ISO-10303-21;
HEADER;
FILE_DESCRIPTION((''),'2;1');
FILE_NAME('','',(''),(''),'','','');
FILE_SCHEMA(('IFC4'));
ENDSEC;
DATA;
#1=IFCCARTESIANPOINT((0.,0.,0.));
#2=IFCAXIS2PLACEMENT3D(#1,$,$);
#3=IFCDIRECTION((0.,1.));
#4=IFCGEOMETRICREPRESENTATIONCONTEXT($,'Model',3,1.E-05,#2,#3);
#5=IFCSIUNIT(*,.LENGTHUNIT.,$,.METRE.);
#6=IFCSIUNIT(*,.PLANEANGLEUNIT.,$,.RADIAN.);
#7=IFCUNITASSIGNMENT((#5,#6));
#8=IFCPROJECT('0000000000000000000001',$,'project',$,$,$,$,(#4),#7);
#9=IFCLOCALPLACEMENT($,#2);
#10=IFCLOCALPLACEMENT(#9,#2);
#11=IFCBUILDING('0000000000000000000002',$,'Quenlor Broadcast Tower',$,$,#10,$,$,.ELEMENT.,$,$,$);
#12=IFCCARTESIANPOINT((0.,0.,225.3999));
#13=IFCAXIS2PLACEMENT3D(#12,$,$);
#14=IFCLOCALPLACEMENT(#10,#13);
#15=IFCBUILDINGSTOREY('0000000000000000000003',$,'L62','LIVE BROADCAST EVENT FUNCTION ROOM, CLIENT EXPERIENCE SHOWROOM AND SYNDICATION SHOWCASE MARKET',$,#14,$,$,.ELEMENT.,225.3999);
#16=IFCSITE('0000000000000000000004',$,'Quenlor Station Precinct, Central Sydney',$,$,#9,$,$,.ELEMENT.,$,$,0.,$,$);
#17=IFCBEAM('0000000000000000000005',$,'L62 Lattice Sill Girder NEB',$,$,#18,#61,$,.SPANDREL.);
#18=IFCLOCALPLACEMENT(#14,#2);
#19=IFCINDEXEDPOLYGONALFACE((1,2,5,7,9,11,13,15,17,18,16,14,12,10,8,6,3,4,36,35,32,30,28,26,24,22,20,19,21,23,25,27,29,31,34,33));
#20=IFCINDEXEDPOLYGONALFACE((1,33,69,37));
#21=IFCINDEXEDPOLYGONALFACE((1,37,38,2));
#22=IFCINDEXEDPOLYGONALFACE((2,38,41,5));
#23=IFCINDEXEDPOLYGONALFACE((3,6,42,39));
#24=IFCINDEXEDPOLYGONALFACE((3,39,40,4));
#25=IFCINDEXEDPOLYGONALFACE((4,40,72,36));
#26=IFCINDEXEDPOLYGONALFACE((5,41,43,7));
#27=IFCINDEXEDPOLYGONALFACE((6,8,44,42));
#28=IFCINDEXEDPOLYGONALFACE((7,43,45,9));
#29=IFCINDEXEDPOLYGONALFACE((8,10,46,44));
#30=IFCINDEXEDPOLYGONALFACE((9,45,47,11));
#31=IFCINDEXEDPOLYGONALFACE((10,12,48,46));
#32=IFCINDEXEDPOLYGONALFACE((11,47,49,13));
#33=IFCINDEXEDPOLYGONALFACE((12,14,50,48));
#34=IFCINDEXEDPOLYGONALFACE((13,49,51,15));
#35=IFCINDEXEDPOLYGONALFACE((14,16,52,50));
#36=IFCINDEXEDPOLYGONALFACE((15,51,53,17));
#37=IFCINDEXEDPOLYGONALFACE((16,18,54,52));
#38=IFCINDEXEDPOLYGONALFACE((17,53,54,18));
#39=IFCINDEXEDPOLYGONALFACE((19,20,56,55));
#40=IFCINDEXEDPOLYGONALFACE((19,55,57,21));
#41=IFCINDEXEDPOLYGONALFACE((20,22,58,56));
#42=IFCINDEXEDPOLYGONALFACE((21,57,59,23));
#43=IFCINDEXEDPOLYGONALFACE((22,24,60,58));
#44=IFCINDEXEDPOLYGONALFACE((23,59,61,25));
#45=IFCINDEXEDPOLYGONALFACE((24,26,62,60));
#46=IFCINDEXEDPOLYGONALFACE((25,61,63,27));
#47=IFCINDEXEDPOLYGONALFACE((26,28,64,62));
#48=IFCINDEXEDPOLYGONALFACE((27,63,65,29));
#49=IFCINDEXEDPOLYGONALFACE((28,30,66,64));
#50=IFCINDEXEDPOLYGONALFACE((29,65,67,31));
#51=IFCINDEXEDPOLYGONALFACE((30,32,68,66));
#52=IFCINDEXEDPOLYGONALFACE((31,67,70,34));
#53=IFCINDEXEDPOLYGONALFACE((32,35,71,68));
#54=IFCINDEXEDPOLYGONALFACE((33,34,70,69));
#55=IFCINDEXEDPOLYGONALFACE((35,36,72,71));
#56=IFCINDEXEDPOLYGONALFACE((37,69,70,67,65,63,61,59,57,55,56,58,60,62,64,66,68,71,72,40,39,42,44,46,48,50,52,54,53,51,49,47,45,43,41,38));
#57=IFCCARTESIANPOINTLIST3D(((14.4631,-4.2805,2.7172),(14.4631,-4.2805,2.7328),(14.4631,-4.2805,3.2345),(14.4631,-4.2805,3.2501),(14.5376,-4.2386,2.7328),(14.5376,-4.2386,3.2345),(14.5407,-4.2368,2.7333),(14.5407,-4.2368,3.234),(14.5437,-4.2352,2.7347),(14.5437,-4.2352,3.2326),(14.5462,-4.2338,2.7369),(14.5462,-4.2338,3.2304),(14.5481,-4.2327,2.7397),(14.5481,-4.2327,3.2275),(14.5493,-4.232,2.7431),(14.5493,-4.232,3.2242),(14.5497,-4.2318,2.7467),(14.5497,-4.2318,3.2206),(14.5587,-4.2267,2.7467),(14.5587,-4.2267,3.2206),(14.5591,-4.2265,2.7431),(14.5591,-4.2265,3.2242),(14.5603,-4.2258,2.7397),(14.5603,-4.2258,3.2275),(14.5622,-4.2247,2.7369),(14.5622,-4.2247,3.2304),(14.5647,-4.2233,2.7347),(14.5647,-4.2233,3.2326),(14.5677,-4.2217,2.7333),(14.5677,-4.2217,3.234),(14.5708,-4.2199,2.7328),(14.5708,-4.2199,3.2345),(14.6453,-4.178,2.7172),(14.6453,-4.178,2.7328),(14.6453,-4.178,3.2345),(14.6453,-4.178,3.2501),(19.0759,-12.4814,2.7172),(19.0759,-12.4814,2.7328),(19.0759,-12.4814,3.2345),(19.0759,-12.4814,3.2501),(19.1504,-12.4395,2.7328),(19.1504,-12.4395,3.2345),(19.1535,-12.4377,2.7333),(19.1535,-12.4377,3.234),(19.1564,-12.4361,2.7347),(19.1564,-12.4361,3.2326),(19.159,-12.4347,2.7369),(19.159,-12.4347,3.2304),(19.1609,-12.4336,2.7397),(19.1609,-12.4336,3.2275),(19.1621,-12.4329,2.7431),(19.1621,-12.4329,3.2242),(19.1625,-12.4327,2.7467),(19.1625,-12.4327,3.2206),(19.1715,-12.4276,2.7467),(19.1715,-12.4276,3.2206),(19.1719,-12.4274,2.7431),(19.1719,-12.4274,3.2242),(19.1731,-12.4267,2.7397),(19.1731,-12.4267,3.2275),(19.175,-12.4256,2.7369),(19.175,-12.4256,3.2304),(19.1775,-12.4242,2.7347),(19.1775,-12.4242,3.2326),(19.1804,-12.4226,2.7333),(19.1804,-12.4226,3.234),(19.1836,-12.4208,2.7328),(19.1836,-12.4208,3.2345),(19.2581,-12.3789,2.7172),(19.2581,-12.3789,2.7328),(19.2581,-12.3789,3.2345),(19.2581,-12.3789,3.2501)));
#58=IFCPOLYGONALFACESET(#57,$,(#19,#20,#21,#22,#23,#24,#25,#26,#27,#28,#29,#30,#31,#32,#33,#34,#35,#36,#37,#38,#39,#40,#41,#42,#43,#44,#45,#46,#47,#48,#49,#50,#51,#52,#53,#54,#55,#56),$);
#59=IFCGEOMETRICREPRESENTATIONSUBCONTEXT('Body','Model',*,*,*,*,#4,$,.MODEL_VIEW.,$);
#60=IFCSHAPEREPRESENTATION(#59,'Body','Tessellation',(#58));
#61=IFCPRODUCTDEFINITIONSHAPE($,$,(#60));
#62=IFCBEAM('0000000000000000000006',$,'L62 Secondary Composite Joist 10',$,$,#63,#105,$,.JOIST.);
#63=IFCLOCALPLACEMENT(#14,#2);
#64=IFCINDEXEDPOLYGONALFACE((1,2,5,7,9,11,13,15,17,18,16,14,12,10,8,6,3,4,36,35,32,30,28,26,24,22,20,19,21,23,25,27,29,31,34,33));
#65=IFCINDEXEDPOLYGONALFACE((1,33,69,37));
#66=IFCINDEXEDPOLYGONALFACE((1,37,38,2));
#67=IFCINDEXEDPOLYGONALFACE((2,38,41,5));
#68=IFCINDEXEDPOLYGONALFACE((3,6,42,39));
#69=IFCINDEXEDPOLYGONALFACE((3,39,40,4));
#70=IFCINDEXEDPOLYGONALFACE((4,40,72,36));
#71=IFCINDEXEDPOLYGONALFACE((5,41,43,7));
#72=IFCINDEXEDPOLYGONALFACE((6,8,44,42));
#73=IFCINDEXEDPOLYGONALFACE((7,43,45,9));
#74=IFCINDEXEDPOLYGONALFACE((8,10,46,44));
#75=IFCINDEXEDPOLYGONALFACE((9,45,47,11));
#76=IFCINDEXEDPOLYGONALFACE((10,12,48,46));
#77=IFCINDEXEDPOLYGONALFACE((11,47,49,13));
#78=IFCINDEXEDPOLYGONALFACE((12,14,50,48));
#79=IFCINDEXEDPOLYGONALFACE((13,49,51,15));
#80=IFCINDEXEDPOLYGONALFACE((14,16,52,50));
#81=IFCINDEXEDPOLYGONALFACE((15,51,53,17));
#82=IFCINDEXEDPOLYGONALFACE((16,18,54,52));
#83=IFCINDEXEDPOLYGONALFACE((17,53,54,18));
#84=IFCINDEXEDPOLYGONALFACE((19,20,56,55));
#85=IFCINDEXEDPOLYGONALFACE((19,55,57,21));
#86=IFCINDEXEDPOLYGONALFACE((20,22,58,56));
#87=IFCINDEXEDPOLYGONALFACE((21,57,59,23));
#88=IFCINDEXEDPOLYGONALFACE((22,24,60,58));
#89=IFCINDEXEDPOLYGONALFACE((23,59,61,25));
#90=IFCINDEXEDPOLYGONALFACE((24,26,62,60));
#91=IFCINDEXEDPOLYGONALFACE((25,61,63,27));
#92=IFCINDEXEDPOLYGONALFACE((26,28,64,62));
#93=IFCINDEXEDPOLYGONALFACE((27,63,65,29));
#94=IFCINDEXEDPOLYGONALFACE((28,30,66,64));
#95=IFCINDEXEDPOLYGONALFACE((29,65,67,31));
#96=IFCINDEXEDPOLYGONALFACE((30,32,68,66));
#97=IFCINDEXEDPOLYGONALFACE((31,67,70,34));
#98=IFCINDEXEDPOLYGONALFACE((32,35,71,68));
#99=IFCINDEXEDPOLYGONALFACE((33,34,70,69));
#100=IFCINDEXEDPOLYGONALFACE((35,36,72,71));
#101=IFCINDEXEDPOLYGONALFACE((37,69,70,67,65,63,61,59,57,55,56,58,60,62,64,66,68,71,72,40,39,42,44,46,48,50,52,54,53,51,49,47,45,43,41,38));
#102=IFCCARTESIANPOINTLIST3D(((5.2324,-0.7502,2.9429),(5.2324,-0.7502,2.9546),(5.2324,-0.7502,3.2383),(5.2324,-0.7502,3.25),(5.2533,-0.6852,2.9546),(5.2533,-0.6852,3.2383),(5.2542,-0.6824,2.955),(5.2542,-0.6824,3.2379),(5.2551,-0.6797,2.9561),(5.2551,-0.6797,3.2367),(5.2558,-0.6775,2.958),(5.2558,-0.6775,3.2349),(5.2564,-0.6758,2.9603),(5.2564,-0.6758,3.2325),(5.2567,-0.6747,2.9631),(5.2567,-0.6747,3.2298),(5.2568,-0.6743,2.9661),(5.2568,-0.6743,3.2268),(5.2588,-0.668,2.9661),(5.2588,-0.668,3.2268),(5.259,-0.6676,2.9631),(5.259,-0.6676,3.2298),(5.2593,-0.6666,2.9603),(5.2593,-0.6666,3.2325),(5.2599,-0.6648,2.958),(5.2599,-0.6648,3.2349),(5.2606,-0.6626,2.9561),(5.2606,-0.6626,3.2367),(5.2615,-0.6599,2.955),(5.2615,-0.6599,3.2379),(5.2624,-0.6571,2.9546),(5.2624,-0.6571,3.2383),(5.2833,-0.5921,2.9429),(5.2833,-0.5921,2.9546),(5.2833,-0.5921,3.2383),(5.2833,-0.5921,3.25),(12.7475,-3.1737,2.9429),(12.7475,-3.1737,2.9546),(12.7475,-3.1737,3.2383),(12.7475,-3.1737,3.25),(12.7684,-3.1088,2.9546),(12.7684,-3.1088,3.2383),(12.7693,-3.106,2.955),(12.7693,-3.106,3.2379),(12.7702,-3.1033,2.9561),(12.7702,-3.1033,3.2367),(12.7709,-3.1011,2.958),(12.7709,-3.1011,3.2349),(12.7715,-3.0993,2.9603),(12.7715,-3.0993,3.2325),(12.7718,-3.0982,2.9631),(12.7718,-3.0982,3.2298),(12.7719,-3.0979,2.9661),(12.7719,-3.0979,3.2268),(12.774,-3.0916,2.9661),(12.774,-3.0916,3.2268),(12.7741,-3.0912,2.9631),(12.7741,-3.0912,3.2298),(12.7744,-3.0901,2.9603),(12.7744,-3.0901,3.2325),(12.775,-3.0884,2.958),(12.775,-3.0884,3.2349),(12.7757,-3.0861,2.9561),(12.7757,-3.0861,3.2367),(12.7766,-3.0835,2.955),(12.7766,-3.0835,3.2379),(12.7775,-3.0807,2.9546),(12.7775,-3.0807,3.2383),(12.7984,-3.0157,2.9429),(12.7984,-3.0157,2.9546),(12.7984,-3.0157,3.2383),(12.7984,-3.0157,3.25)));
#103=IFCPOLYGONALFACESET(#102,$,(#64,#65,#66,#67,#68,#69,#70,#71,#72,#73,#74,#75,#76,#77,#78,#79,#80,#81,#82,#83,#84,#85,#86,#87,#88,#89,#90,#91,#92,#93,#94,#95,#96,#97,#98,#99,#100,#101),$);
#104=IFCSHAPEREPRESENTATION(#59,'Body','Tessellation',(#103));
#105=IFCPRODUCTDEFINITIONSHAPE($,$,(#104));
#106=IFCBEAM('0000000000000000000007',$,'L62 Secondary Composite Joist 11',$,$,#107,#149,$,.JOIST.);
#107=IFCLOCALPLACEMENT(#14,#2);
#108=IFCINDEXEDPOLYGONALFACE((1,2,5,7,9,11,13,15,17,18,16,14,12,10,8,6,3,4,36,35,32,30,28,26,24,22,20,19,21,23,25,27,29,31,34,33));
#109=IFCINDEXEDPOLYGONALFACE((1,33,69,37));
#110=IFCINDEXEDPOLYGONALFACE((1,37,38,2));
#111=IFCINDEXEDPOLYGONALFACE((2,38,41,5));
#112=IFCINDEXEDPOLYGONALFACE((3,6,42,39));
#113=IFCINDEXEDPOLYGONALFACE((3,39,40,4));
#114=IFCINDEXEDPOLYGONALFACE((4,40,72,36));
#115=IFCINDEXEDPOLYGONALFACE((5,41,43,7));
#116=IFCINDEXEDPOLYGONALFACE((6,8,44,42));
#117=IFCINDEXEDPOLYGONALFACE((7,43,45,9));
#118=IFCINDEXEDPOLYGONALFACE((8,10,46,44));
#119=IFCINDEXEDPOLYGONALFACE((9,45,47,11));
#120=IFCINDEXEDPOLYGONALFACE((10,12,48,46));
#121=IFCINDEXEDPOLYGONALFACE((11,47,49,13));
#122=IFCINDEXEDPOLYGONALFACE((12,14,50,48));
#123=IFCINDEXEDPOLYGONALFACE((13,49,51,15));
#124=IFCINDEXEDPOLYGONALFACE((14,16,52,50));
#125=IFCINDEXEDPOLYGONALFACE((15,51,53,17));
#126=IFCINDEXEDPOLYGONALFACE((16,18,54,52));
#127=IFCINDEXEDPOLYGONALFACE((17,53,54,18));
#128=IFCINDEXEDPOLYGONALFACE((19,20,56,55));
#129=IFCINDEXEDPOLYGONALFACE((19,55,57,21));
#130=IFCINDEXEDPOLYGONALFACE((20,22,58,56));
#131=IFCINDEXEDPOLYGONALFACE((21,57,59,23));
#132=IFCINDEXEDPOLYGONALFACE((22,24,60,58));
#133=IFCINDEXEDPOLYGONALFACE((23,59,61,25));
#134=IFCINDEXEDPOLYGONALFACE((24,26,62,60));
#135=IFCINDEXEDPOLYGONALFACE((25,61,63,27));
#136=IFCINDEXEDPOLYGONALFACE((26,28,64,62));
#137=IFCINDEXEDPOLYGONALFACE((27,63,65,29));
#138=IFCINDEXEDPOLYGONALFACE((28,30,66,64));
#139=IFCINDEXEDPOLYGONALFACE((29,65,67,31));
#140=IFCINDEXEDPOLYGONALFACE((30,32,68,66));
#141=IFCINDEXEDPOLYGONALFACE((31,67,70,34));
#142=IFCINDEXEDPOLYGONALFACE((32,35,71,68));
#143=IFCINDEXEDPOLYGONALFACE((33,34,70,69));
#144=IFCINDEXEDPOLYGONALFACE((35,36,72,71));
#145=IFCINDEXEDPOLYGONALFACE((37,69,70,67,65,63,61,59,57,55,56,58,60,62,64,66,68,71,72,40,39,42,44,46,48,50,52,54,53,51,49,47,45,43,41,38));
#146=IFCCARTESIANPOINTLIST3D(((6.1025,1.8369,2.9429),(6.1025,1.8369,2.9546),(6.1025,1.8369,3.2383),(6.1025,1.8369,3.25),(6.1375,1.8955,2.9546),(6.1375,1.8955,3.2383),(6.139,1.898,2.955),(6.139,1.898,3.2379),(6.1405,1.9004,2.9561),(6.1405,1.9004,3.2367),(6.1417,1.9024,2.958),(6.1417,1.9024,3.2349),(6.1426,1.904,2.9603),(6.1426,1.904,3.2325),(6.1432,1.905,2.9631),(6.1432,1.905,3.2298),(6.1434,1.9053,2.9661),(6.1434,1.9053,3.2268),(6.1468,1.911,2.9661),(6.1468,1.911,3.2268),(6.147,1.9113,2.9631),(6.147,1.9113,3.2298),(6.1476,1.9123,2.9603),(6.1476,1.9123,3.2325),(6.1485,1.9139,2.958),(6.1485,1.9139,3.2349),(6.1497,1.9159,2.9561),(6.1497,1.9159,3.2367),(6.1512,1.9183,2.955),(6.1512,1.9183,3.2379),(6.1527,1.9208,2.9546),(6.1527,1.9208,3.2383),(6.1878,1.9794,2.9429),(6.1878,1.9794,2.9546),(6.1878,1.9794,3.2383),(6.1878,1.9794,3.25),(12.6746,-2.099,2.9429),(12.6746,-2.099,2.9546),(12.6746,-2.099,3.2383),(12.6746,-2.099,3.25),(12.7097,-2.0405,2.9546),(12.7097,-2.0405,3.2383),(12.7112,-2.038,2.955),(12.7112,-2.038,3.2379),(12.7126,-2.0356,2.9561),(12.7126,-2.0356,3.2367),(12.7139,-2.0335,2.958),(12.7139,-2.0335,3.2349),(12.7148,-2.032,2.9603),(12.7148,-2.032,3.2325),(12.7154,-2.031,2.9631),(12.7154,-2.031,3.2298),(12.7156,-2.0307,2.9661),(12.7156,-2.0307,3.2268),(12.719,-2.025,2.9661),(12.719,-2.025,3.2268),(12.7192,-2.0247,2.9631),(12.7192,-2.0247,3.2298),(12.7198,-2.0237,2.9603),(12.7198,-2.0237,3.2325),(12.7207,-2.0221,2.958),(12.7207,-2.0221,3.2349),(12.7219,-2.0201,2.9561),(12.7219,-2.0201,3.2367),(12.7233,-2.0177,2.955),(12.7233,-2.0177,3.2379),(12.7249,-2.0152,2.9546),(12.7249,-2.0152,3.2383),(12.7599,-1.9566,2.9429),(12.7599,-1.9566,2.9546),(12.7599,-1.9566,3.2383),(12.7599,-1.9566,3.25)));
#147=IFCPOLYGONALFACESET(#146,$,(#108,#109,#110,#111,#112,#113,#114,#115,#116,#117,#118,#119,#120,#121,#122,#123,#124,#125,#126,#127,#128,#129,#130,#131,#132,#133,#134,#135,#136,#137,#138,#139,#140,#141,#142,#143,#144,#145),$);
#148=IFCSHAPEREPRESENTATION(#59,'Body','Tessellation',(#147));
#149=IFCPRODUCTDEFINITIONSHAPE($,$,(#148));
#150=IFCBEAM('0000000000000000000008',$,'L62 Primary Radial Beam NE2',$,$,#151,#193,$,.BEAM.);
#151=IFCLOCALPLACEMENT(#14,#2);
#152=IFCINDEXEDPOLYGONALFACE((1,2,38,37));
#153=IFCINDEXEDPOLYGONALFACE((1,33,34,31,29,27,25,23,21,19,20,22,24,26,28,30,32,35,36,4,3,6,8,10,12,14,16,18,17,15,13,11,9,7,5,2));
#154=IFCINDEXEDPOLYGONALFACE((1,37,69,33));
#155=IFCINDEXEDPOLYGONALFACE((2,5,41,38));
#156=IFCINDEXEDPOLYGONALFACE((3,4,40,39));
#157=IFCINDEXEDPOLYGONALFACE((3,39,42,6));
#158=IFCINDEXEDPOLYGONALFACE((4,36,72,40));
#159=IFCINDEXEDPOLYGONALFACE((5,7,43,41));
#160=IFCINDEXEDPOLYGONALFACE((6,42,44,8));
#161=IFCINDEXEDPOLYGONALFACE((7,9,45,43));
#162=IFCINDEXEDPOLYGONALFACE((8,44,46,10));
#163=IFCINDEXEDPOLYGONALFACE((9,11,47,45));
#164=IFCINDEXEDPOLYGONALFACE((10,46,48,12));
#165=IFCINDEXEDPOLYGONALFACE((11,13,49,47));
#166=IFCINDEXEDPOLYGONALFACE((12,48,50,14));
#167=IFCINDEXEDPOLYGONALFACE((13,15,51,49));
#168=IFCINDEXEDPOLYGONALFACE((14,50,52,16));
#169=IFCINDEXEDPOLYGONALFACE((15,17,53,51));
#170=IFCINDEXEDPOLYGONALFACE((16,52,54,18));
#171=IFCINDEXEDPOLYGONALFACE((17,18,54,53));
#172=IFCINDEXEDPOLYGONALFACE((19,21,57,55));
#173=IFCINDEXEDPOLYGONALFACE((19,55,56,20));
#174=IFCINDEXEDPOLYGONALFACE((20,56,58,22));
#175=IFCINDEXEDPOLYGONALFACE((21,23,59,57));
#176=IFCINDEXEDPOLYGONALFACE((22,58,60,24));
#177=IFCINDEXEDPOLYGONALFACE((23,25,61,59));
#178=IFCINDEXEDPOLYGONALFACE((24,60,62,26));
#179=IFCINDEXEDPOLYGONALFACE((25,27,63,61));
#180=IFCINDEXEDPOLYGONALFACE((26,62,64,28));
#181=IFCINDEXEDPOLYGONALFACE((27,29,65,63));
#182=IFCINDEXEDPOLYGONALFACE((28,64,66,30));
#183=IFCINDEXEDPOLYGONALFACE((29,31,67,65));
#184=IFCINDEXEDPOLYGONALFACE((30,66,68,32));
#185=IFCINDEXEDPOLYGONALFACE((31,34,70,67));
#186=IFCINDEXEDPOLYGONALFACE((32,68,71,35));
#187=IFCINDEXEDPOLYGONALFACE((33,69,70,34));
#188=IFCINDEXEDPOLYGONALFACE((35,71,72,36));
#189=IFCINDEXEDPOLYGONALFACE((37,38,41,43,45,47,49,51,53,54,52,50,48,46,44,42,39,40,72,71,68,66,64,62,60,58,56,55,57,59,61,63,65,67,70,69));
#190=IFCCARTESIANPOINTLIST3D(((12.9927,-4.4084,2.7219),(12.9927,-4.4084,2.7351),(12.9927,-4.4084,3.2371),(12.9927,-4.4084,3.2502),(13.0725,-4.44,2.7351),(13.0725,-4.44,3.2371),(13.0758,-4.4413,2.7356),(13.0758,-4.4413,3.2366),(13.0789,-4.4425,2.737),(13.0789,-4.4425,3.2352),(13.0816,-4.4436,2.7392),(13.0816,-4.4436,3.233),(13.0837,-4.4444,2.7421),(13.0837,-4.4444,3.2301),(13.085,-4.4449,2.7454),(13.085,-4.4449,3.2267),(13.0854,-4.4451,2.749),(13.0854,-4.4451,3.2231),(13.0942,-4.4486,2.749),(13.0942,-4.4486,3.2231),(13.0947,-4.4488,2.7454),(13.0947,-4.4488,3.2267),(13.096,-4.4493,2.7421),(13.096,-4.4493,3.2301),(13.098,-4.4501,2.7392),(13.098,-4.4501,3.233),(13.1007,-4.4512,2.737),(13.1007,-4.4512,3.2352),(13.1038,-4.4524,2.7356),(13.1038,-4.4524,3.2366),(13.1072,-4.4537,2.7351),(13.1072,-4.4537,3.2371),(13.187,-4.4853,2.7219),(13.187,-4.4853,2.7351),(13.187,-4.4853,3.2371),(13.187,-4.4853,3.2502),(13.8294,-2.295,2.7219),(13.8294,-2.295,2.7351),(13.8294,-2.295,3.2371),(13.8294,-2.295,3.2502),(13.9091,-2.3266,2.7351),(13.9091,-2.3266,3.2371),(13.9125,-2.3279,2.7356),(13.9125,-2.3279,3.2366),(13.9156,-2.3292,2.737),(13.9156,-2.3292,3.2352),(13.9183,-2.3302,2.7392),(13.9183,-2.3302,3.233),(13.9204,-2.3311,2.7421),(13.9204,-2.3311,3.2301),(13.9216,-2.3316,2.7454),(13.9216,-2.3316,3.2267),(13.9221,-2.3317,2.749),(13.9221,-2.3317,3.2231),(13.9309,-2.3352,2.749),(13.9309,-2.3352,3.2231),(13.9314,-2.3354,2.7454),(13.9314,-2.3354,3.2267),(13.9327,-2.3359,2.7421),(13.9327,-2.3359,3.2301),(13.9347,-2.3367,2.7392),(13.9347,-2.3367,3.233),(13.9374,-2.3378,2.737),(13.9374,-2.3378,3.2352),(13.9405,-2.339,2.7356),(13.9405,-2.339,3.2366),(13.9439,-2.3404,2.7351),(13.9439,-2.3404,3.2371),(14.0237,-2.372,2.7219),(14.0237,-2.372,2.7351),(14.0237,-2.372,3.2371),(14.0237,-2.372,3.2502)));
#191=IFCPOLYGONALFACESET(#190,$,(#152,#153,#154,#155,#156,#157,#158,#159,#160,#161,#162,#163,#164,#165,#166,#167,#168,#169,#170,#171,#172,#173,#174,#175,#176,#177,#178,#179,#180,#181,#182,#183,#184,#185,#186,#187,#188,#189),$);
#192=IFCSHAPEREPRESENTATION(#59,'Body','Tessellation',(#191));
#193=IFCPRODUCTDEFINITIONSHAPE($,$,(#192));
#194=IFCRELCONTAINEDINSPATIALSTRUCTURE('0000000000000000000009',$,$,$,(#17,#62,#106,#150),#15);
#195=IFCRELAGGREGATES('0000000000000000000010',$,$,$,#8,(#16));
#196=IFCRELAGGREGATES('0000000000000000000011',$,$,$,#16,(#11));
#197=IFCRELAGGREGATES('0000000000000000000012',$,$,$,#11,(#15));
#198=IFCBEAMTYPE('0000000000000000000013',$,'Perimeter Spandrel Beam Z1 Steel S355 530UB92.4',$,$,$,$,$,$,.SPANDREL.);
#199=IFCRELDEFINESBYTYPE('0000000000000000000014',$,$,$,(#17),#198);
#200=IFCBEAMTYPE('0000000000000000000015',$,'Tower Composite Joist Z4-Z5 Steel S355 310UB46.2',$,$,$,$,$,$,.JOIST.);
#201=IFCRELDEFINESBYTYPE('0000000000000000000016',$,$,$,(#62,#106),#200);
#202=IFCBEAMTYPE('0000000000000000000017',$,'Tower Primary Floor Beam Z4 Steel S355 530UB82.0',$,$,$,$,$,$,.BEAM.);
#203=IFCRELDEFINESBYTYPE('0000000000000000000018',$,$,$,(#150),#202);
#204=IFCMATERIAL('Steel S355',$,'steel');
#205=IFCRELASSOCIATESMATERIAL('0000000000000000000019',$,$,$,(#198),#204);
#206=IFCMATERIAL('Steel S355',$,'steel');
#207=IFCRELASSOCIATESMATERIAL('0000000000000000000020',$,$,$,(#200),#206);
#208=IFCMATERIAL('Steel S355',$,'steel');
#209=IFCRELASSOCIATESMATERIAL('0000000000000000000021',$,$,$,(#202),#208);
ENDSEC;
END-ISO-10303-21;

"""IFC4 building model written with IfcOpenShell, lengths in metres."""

from ifc_helpers import new_model, si_unit, direction, frame, origin, origin_2d, place, context, subcontext, project, spatial, i_section, extrude, material, material_profile, profile_set, type_object, element, save


model = new_model("IFC4")

# Units and contexts
model_context = context("Model", 3, precision=1e-05, world=origin(), true_north=direction((0.0, 1.0)))
body_context = subcontext(model_context, "Body", "Model", "MODEL_VIEW")
ifc_project = project(units=[si_unit("LENGTHUNIT", "METRE"), si_unit("PLANEANGLEUNIT", "RADIAN")], contexts=[model_context])

# Site, building, storey
site_placement = place(None, origin())
site = spatial("IfcSite", under=ifc_project, at=site_placement, Name="Quenlor Station Precinct, Central Sydney", CompositionType="ELEMENT", RefElevation=0.0)
building_placement = place(site_placement, origin())
building = spatial("IfcBuilding", under=site, at=building_placement, Name="Quenlor Broadcast Tower", CompositionType="ELEMENT")
storey_placement = place(building_placement, frame((0.0, 0.0, 225.3999)))
storey = spatial("IfcBuildingStorey", under=building, at=storey_placement, Name="L62", Description="LIVE BROADCAST EVENT FUNCTION ROOM, CLIENT EXPERIENCE SHOWROOM AND SYNDICATION SHOWCASE MARKET", CompositionType="ELEMENT", Elevation=225.3999)

# Beams
ifc_material_1 = material(Name="Steel S355", Category="steel")
ifc_material_profile_1 = material_profile(ifc_material_1, i_section(OverallWidth=0.209, OverallDepth=0.533, WebThickness=0.0103, FlangeThickness=0.0156, FilletRadius=0.0139, at=origin_2d()))
ifc_profile_set_1 = profile_set([ifc_material_profile_1], Name="Steel S355 530UB92.4")
beam_type_1 = type_object("IfcBeamType", Name="Perimeter Spandrel Beam Z1 Steel S355 530UB92.4", PredefinedType="SPANDREL", material=ifc_profile_set_1)
beam_1_placement = place(storey_placement, frame((14.5542, -4.2292, 2.9836), z_axis=(0.490243, -0.871586, 0.0), x_axis=(0.871586, 0.490243, 0.0)))
element("IfcBeam", 1, at=beam_1_placement, inside=storey, type_object=beam_type_1, Name="L62 Lattice Sill Girder NEB", PredefinedType="SPANDREL", context=body_context, shape_type="SweptSolid", body=[
    extrude(i_section(OverallWidth=0.209, OverallDepth=0.533, WebThickness=0.0103, FlangeThickness=0.0156, FilletRadius=0.0139, at=origin_2d()), origin(), (0.0, 0.0, 1.0), 9.4092),
])
ifc_material_2 = material(Name="Steel S355", Category="steel")
ifc_material_profile_2 = material_profile(ifc_material_2, i_section(OverallWidth=0.166, OverallDepth=0.3071, WebThickness=0.0066, FlangeThickness=0.0117, FilletRadius=0.0115, at=origin_2d()))
ifc_profile_set_2 = profile_set([ifc_material_profile_2], Name="Steel S355 310UB46.2")
beam_type_2 = type_object("IfcBeamType", Name="Tower Composite Joist Z4-Z5 Steel S355 310UB46.2", PredefinedType="JOIST", material=ifc_profile_set_2)
beam_2_placement = place(storey_placement, frame((12.7729, -3.0947, 3.0964), z_axis=(-0.951733, 0.306928, 0.0), x_axis=(-0.306928, -0.951733, 0.0)))
element("IfcBeam", 2, at=beam_2_placement, inside=storey, type_object=beam_type_2, Name="L62 Secondary Composite Joist 10", PredefinedType="JOIST", context=body_context, shape_type="SweptSolid", body=[
    extrude(i_section(OverallWidth=0.166, OverallDepth=0.3071, WebThickness=0.0066, FlangeThickness=0.0117, FilletRadius=0.0115, at=origin_2d()), origin(), (0.0, 0.0, 1.0), 7.8962),
])
beam_3_placement = place(storey_placement, frame((12.7173, -2.0278, 3.0964), z_axis=(-0.857914, 0.513793, 0.0), x_axis=(-0.513793, -0.857914, 0.0)))
element("IfcBeam", 3, at=beam_3_placement, inside=storey, type_object=beam_type_2, Name="L62 Secondary Composite Joist 11", PredefinedType="JOIST", context=body_context, shape_type="SweptSolid", body=[
    extrude(i_section(OverallWidth=0.166, OverallDepth=0.3071, WebThickness=0.0066, FlangeThickness=0.0117, FilletRadius=0.0115, at=origin_2d()), origin(), (0.0, 0.0, 1.0), 7.6606),
])
ifc_material_3 = material(Name="Steel S355", Category="steel")
ifc_material_profile_3 = material_profile(ifc_material_3, i_section(OverallWidth=0.209, OverallDepth=0.5283, WebThickness=0.0095, FlangeThickness=0.0132, FilletRadius=0.0139, at=origin_2d()))
ifc_profile_set_3 = profile_set([ifc_material_profile_3], Name="Steel S355 530UB82.0")
beam_type_3 = type_object("IfcBeamType", Name="Tower Primary Floor Beam Z4 Steel S355 530UB82.0", PredefinedType="BEAM", material=ifc_profile_set_3)
beam_4_placement = place(storey_placement, frame((13.9265, -2.3335, 2.9861), z_axis=(-0.36811, -0.929782, 0.0), x_axis=(0.929782, -0.36811, 0.0)))
element("IfcBeam", 4, at=beam_4_placement, inside=storey, type_object=beam_type_3, Name="L62 Primary Radial Beam NE2", PredefinedType="BEAM", context=body_context, shape_type="SweptSolid", body=[
    extrude(i_section(OverallWidth=0.209, OverallDepth=0.5283, WebThickness=0.0095, FlangeThickness=0.0132, FilletRadius=0.0139, at=origin_2d()), origin(), (0.0, 0.0, 1.0), 2.2729),
])

save(model, "model.ifc")
